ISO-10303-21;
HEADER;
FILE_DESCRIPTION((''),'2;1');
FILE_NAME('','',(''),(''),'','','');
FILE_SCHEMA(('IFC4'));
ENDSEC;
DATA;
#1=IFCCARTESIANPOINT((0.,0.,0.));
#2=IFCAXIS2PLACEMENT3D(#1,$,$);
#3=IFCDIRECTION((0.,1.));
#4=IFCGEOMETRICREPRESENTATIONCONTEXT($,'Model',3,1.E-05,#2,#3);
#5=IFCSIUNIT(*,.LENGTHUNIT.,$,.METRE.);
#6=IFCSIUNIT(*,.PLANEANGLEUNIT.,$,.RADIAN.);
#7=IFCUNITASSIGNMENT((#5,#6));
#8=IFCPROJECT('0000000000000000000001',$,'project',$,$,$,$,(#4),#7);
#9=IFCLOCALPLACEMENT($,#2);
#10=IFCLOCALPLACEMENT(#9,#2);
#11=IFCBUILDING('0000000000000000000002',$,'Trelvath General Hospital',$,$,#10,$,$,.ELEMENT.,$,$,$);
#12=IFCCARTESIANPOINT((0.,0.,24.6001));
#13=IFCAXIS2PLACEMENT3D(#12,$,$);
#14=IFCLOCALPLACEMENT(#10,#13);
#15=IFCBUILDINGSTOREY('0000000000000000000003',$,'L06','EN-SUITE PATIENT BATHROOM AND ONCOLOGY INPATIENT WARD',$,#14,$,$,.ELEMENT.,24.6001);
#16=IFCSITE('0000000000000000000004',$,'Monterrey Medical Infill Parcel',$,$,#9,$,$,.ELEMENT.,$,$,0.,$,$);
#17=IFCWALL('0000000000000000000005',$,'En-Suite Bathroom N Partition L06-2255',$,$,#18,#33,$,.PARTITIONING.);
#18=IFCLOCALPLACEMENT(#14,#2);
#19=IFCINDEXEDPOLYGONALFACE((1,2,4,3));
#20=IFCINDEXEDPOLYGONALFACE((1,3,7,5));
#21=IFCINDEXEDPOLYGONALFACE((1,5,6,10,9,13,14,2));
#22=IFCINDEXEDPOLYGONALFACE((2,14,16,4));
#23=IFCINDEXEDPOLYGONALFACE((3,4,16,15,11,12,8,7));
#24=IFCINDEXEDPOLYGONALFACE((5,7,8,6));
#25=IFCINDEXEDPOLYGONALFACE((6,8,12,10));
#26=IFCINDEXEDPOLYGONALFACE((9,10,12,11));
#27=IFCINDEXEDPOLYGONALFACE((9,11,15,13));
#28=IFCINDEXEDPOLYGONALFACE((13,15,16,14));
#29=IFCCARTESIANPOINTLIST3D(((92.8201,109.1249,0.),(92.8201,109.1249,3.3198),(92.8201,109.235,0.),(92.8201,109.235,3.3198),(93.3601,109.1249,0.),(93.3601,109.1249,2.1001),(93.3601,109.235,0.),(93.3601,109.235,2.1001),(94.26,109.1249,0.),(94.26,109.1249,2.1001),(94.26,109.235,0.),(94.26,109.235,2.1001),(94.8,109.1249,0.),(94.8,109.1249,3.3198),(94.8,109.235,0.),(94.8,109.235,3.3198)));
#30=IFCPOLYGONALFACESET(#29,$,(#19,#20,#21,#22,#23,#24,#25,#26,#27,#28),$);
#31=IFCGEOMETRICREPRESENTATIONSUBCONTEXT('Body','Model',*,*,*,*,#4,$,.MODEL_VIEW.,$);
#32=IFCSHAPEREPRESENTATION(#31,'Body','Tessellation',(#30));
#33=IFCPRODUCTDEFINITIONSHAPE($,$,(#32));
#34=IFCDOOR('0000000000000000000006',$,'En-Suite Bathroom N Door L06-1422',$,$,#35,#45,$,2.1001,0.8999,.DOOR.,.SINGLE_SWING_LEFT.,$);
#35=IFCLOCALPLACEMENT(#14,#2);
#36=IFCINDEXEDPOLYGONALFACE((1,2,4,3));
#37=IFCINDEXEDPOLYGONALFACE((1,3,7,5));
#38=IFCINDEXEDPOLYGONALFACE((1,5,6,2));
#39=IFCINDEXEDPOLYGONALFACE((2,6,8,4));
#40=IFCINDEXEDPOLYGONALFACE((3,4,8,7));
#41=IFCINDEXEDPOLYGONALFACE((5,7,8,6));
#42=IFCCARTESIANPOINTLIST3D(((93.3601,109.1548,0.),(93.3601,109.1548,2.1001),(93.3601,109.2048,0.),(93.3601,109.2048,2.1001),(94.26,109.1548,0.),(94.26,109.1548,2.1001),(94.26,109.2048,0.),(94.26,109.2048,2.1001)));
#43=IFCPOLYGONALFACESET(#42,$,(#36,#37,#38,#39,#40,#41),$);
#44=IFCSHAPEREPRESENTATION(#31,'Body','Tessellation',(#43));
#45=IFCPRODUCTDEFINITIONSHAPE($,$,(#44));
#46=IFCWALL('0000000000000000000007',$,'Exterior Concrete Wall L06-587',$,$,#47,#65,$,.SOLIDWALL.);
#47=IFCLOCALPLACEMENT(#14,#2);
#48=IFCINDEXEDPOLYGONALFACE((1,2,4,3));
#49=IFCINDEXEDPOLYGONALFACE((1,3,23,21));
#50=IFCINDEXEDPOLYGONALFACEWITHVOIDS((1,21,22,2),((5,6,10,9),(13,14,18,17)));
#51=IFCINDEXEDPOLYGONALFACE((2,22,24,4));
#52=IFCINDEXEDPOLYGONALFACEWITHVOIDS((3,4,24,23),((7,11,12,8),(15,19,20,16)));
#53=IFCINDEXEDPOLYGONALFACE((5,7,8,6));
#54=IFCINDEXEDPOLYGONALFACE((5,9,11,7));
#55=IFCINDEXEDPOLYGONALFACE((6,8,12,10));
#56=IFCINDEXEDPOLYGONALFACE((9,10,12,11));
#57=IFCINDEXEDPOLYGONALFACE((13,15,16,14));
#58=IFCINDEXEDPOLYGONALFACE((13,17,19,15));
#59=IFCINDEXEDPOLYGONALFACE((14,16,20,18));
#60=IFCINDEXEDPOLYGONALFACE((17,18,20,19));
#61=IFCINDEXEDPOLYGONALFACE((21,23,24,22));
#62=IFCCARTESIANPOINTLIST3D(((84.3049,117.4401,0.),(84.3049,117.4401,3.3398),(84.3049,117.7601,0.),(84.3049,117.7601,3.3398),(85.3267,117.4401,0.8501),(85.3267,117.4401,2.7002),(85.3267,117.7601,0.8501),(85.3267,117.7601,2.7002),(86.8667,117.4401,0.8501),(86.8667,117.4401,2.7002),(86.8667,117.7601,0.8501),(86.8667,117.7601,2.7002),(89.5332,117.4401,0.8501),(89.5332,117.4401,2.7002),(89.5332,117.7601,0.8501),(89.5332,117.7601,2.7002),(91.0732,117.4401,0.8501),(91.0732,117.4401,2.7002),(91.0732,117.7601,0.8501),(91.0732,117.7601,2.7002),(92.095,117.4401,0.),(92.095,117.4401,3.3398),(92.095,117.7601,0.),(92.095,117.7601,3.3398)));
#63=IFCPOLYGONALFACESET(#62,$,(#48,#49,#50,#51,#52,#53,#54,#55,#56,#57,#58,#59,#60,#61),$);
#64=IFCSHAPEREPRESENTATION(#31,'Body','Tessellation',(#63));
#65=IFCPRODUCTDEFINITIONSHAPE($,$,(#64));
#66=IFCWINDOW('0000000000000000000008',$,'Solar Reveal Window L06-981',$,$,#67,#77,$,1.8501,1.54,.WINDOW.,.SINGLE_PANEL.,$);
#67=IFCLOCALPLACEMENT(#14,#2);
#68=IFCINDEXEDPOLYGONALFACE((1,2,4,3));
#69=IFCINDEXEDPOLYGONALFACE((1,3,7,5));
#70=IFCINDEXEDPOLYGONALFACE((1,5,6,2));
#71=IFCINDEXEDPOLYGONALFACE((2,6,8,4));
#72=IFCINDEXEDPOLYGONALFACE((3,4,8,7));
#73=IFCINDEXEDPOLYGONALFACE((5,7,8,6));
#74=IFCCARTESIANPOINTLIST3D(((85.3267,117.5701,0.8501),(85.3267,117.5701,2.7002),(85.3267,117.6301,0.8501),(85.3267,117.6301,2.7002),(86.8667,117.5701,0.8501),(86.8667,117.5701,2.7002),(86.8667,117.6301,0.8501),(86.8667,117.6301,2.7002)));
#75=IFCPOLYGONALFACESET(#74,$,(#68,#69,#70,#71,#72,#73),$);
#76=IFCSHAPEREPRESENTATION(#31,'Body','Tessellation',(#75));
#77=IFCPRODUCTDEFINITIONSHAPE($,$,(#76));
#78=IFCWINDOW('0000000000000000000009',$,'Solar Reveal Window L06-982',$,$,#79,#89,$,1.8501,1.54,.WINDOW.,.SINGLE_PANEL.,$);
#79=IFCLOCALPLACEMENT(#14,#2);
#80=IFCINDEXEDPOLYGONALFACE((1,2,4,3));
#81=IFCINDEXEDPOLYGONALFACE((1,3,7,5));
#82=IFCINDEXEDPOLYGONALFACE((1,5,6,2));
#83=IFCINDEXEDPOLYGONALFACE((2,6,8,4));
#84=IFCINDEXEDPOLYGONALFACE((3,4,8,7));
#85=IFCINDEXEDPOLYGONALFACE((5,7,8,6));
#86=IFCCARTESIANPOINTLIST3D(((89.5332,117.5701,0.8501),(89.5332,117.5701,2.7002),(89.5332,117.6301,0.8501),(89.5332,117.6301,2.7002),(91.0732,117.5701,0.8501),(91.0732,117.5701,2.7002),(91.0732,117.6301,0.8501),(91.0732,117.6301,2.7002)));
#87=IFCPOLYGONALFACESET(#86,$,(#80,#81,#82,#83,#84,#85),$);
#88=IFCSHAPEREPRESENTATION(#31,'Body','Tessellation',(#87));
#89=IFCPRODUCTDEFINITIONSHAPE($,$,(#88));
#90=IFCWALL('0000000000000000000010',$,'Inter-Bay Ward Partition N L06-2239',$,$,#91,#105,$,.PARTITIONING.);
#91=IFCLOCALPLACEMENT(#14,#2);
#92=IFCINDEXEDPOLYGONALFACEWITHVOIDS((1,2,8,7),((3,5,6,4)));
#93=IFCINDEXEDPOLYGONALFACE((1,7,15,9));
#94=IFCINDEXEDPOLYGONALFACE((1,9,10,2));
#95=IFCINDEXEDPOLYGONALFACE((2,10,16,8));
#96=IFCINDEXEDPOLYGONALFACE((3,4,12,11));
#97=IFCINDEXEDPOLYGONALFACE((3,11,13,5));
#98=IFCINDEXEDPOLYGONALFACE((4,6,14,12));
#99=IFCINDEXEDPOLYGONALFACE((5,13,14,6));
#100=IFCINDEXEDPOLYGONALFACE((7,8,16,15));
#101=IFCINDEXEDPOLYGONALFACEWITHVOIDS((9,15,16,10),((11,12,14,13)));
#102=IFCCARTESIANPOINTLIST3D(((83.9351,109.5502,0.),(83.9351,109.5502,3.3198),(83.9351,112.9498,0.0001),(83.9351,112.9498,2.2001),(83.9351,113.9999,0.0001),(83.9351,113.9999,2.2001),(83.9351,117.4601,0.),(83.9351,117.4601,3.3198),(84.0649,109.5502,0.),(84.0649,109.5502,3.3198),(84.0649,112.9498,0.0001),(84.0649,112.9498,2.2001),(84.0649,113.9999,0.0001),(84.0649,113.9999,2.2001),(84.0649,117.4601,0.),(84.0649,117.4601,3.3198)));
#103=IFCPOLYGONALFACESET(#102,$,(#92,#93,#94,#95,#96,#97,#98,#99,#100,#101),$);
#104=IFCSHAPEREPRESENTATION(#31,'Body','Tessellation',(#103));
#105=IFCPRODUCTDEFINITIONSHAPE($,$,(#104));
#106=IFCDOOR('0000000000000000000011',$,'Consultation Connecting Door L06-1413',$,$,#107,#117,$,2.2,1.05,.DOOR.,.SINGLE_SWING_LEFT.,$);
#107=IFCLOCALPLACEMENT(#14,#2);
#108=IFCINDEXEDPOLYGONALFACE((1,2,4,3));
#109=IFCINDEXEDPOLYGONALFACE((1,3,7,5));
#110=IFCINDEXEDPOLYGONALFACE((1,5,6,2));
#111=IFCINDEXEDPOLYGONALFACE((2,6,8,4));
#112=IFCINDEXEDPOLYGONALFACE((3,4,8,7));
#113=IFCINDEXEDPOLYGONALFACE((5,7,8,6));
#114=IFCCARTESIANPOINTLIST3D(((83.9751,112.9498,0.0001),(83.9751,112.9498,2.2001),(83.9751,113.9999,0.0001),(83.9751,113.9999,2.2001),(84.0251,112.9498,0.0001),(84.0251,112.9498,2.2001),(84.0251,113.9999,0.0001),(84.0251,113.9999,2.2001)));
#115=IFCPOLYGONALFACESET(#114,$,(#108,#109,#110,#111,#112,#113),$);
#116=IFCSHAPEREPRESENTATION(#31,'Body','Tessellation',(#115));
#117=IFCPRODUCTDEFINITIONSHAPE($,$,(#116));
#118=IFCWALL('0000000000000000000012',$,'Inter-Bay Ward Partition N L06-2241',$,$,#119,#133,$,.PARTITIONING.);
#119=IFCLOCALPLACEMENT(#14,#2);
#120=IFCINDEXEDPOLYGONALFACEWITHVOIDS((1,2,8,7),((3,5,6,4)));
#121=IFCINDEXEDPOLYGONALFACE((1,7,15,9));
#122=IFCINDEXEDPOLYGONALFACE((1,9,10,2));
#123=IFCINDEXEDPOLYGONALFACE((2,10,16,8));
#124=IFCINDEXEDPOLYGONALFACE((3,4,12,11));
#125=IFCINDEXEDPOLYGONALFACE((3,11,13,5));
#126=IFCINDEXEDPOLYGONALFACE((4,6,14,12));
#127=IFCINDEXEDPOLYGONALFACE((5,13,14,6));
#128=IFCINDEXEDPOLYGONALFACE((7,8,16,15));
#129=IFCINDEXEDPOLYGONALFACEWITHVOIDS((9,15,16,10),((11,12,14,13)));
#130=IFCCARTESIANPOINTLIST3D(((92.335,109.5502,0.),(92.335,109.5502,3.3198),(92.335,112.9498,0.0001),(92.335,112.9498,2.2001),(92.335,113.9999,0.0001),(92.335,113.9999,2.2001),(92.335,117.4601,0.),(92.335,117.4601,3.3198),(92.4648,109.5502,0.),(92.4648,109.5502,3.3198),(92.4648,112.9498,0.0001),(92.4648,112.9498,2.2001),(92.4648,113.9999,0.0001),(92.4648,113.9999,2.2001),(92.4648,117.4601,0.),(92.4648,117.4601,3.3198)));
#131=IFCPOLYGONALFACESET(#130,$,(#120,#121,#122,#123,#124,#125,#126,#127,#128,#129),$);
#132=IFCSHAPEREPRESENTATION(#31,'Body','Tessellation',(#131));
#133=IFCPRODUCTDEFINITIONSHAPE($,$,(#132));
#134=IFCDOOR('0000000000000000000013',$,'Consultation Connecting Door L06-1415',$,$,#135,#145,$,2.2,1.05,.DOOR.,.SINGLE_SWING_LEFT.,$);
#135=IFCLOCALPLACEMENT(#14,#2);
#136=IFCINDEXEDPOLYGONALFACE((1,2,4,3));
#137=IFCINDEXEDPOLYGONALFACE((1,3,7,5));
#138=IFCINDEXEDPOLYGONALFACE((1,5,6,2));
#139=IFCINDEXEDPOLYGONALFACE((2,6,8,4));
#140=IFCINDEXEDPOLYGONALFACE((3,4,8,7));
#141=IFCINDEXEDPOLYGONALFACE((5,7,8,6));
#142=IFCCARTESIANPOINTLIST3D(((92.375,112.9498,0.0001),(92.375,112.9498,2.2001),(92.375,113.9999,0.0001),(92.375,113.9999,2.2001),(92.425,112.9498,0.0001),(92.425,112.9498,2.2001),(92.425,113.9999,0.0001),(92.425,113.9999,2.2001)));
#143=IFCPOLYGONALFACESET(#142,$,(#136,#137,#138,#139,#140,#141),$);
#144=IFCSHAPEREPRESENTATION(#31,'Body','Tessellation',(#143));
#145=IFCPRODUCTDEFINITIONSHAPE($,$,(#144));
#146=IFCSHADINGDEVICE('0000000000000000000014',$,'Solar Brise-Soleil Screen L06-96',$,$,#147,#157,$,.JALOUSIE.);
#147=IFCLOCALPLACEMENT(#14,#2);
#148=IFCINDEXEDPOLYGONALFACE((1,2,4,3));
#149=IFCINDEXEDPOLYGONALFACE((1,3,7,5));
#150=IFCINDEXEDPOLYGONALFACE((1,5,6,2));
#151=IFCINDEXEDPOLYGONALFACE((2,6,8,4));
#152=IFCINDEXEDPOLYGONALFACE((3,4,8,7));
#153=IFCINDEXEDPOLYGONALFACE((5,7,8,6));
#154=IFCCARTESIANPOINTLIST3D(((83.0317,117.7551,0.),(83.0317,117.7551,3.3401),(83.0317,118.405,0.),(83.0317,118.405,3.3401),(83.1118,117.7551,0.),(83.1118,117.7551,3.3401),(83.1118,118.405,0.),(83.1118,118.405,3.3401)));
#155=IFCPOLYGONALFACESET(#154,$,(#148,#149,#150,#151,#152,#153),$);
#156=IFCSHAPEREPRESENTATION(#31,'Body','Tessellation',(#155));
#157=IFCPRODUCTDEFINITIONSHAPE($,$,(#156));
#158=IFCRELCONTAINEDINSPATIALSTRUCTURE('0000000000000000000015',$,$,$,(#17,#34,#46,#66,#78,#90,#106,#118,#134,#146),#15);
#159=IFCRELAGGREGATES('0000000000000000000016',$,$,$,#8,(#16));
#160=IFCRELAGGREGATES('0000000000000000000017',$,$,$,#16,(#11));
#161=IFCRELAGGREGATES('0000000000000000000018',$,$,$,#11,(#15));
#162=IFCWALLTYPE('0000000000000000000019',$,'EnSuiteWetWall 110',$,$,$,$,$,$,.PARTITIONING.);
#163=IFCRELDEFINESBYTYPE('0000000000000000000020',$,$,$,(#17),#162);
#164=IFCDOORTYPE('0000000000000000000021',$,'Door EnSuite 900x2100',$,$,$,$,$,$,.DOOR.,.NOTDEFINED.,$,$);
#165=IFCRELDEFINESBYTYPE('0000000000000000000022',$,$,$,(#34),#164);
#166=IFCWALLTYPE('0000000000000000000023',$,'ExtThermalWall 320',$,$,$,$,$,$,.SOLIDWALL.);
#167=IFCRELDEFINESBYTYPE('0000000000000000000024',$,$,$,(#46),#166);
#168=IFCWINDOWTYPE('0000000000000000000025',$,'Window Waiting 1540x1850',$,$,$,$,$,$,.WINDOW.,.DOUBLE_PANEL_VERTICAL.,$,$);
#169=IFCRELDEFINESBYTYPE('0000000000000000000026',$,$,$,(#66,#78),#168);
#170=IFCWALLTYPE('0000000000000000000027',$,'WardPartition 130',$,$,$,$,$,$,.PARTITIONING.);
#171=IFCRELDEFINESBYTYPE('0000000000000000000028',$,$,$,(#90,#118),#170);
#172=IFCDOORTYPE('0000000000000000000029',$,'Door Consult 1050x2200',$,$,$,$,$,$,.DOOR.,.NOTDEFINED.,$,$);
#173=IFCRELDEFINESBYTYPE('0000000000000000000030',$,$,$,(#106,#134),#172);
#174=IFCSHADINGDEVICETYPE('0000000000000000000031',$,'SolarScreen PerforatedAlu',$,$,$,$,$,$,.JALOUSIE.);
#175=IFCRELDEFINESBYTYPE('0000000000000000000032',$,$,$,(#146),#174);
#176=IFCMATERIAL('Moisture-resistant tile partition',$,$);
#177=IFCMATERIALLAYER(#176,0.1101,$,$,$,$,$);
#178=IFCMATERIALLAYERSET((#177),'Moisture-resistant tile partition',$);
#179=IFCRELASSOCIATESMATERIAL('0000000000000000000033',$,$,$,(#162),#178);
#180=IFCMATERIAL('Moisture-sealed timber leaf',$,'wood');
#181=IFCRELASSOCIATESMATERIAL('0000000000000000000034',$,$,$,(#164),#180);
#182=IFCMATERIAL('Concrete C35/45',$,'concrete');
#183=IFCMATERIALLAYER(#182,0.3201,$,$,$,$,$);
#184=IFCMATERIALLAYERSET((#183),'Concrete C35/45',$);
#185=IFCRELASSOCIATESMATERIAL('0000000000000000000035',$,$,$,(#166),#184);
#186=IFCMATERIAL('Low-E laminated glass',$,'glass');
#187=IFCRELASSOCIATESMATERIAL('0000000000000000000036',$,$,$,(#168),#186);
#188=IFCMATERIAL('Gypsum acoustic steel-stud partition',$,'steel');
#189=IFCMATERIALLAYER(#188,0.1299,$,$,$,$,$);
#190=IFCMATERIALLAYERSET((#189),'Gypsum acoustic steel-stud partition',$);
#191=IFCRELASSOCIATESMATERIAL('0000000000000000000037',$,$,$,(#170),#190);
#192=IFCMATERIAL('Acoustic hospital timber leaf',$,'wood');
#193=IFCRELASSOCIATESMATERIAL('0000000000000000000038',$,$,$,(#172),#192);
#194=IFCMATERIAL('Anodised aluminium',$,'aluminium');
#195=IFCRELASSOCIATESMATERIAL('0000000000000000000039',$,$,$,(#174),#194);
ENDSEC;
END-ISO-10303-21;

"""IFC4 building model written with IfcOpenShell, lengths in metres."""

from ifc_helpers import new_model, si_unit, direction, frame, frame_2d, origin, origin_2d, place, context, subcontext, project, spatial, rectangle, extrude, material, layer, layer_set, type_object, element, fill, save


model = new_model("IFC4")

# Units and contexts
model_context = context("Model", 3, precision=1e-05, world=origin(), true_north=direction((0.0, 1.0)))
body_context = subcontext(model_context, "Body", "Model", "MODEL_VIEW")
ifc_project = project(units=[si_unit("LENGTHUNIT", "METRE"), si_unit("PLANEANGLEUNIT", "RADIAN")], contexts=[model_context])

# Site, building, storey
site_placement = place(None, origin())
site = spatial("IfcSite", under=ifc_project, at=site_placement, Name="Monterrey Medical Infill Parcel", CompositionType="ELEMENT", RefElevation=0.0)
building_placement = place(site_placement, origin())
building = spatial("IfcBuilding", under=site, at=building_placement, Name="Trelvath General Hospital", CompositionType="ELEMENT")
storey_placement = place(building_placement, frame((0.0, 0.0, 24.6001)))
storey = spatial("IfcBuildingStorey", under=building, at=storey_placement, Name="L06", Description="EN-SUITE PATIENT BATHROOM AND ONCOLOGY INPATIENT WARD", CompositionType="ELEMENT", Elevation=24.6001)

# Wall, opening, door
ifc_material_1 = material(Name="Moisture-resistant tile partition")
ifc_layer_1 = layer(ifc_material_1, 0.1101)
ifc_layer_set_1 = layer_set([ifc_layer_1], Name="Moisture-resistant tile partition")
wall_type_1 = type_object("IfcWallType", Name="EnSuiteWetWall 110", PredefinedType="PARTITIONING", material=ifc_layer_set_1)
ifc_material_2 = material(Name="Moisture-sealed timber leaf", Category="wood")
door_type_1 = type_object("IfcDoorType", Name="Door EnSuite 900x2100", OperationType="NOTDEFINED", PredefinedType="DOOR", material=ifc_material_2)
wall_1_placement = place(storey_placement, frame((92.8201, 109.1799, 0.0), z_axis=(0.0, 0.0, 1.0), x_axis=(1.0, 0.0, 0.0)))
wall_1 = element("IfcWall", 1, at=wall_1_placement, inside=storey, type_object=wall_type_1, Name="En-Suite Bathroom N Partition L06-2255", PredefinedType="PARTITIONING", context=body_context, shape_type="SweptSolid", body=[
    extrude(rectangle(XDim=1.98, YDim=0.1101, at=frame_2d((0.99, 0.0))), origin(), (0.0, 0.0, 1.0), 3.3198),
])
opening_1_placement = place(wall_1_placement, frame((0.54, 0.0, 0.0)))
opening_1 = element("IfcOpeningElement", 2, at=opening_1_placement, cuts=wall_1, PredefinedType="OPENING", context=body_context, shape_type="SweptSolid", body=[
    extrude(rectangle(XDim=0.8999, YDim=2.1001, at=frame_2d((0.45, 1.05))), frame((0.0, 0.0649, 0.0), z_axis=(0.0, -1.0, 0.0), x_axis=(1.0, 0.0, 0.0)), (0.0, 0.0, 1.0), 0.1301),
])
door_1_placement = place(opening_1_placement, origin())
door_1 = element("IfcDoor", 3, at=door_1_placement, inside=storey, type_object=door_type_1, Name="En-Suite Bathroom N Door L06-1422", OperationType="SINGLE_SWING_LEFT", OverallHeight=2.1001, OverallWidth=0.8999, PredefinedType="DOOR", context=body_context, shape_type="SweptSolid", body=[
    extrude(rectangle(XDim=0.8999, YDim=2.1001, at=frame_2d((0.45, 1.05))), frame((0.0, 0.0249, 0.0), z_axis=(0.0, -1.0, 0.0), x_axis=(1.0, 0.0, 0.0)), (0.0, 0.0, 1.0), 0.05),
])
fill(opening_1, door_1)

# Wall, openings, windows
ifc_material_3 = material(Name="Concrete C35/45", Category="concrete")
ifc_layer_2 = layer(ifc_material_3, 0.3201)
ifc_layer_set_2 = layer_set([ifc_layer_2], Name="Concrete C35/45")
wall_type_2 = type_object("IfcWallType", Name="ExtThermalWall 320", PredefinedType="SOLIDWALL", material=ifc_layer_set_2)
wall_2_placement = place(storey_placement, frame((84.3049, 117.6001, 0.0), z_axis=(0.0, 0.0, 1.0), x_axis=(1.0, 0.0, 0.0)))
wall_2 = element("IfcWall", 4, at=wall_2_placement, inside=storey, type_object=wall_type_2, Name="Exterior Concrete Wall L06-587", PredefinedType="SOLIDWALL", context=body_context, shape_type="SweptSolid", body=[
    extrude(rectangle(XDim=7.79, YDim=0.3201, at=frame_2d((3.895, 0.0))), origin(), (0.0, 0.0, 1.0), 3.3398),
])
opening_2_placement = place(wall_2_placement, frame((1.0217, 0.0, 0.8501)))
opening_2 = element("IfcOpeningElement", 5, at=opening_2_placement, cuts=wall_2, PredefinedType="OPENING", context=body_context, shape_type="SweptSolid", body=[
    extrude(rectangle(XDim=1.54, YDim=1.8501, at=frame_2d((0.77, 0.925))), frame((0.0, 0.1699, 0.0), z_axis=(0.0, -1.0, 0.0), x_axis=(1.0, 0.0, 0.0)), (0.0, 0.0, 1.0), 0.3401),
])
opening_3_placement = place(wall_2_placement, frame((5.2283, 0.0, 0.8501)))
opening_3 = element("IfcOpeningElement", 6, at=opening_3_placement, cuts=wall_2, PredefinedType="OPENING", context=body_context, shape_type="SweptSolid", body=[
    extrude(rectangle(XDim=1.54, YDim=1.8501, at=frame_2d((0.77, 0.925))), frame((0.0, 0.1699, 0.0), z_axis=(0.0, -1.0, 0.0), x_axis=(1.0, 0.0, 0.0)), (0.0, 0.0, 1.0), 0.3401),
])
ifc_material_4 = material(Name="Low-E laminated glass", Category="glass")
window_type = type_object("IfcWindowType", Name="Window Waiting 1540x1850", PartitioningType="DOUBLE_PANEL_VERTICAL", PredefinedType="WINDOW", material=ifc_material_4)
window_1_placement = place(opening_2_placement, origin())
window_1 = element("IfcWindow", 7, at=window_1_placement, inside=storey, type_object=window_type, Name="Solar Reveal Window L06-981", OverallHeight=1.8501, OverallWidth=1.54, PartitioningType="SINGLE_PANEL", PredefinedType="WINDOW", context=body_context, shape_type="SweptSolid", body=[
    extrude(rectangle(XDim=1.54, YDim=1.8501, at=frame_2d((0.77, 0.925))), frame((0.0, 0.03, 0.0), z_axis=(0.0, -1.0, 0.0), x_axis=(1.0, 0.0, 0.0)), (0.0, 0.0, 1.0), 0.0601),
])
fill(opening_2, window_1)
window_2_placement = place(opening_3_placement, origin())
window_2 = element("IfcWindow", 8, at=window_2_placement, inside=storey, type_object=window_type, Name="Solar Reveal Window L06-982", OverallHeight=1.8501, OverallWidth=1.54, PartitioningType="SINGLE_PANEL", PredefinedType="WINDOW", context=body_context, shape_type="SweptSolid", body=[
    extrude(rectangle(XDim=1.54, YDim=1.8501, at=frame_2d((0.77, 0.925))), frame((0.0, 0.03, 0.0), z_axis=(0.0, -1.0, 0.0), x_axis=(1.0, 0.0, 0.0)), (0.0, 0.0, 1.0), 0.0601),
])
fill(opening_3, window_2)

# Walls, openings, doors
ifc_material_5 = material(Name="Gypsum acoustic steel-stud partition", Category="steel")
ifc_layer_3 = layer(ifc_material_5, 0.1299)
ifc_layer_set_3 = layer_set([ifc_layer_3], Name="Gypsum acoustic steel-stud partition")
wall_type_3 = type_object("IfcWallType", Name="WardPartition 130", PredefinedType="PARTITIONING", material=ifc_layer_set_3)
wall_3_placement = place(storey_placement, frame((84.0, 109.55, 0.0), z_axis=(0.0, 0.0, 1.0), x_axis=(0.0, 1.0, 0.0)))
wall_3 = element("IfcWall", 9, at=wall_3_placement, inside=storey, type_object=wall_type_3, Name="Inter-Bay Ward Partition N L06-2239", PredefinedType="PARTITIONING", context=body_context, shape_type="SweptSolid", body=[
    extrude(rectangle(XDim=7.9099, YDim=0.1299, at=frame_2d((3.9551, 0.0))), origin(), (0.0, 0.0, 1.0), 3.3198),
])
opening_4_placement = place(wall_3_placement, frame((3.3999, 0.0, 0.0)))
opening_4 = element("IfcOpeningElement", 10, at=opening_4_placement, cuts=wall_3, PredefinedType="OPENING", context=body_context, shape_type="SweptSolid", body=[
    extrude(rectangle(XDim=1.05, YDim=2.2, at=frame_2d((0.5249, 1.1001))), frame((0.0, 0.075, 0.0), z_axis=(0.0, -1.0, 0.0), x_axis=(1.0, 0.0, 0.0)), (0.0, 0.0, 1.0), 0.1499),
])
ifc_material_6 = material(Name="Acoustic hospital timber leaf", Category="wood")
door_type_2 = type_object("IfcDoorType", Name="Door Consult 1050x2200", OperationType="NOTDEFINED", PredefinedType="DOOR", material=ifc_material_6)
door_2_placement = place(opening_4_placement, origin())
door_2 = element("IfcDoor", 11, at=door_2_placement, inside=storey, type_object=door_type_2, Name="Consultation Connecting Door L06-1413", OperationType="SINGLE_SWING_LEFT", OverallHeight=2.2, OverallWidth=1.05, PredefinedType="DOOR", context=body_context, shape_type="SweptSolid", body=[
    extrude(rectangle(XDim=1.05, YDim=2.2, at=frame_2d((0.5249, 1.1001))), frame((0.0, 0.0249, 0.0), z_axis=(0.0, -1.0, 0.0), x_axis=(1.0, 0.0, 0.0)), (0.0, 0.0, 1.0), 0.05),
])
fill(opening_4, door_2)
wall_4_placement = place(storey_placement, frame((92.3999, 109.55, 0.0), z_axis=(0.0, 0.0, 1.0), x_axis=(0.0, 1.0, 0.0)))
wall_4 = element("IfcWall", 12, at=wall_4_placement, inside=storey, type_object=wall_type_3, Name="Inter-Bay Ward Partition N L06-2241", PredefinedType="PARTITIONING", context=body_context, shape_type="SweptSolid", body=[
    extrude(rectangle(XDim=7.9099, YDim=0.1299, at=frame_2d((3.9551, 0.0))), origin(), (0.0, 0.0, 1.0), 3.3198),
])
opening_5_placement = place(wall_4_placement, frame((3.3999, 0.0, 0.0)))
opening_5 = element("IfcOpeningElement", 13, at=opening_5_placement, cuts=wall_4, PredefinedType="OPENING", context=body_context, shape_type="SweptSolid", body=[
    extrude(rectangle(XDim=1.05, YDim=2.2, at=frame_2d((0.5249, 1.1001))), frame((0.0, 0.075, 0.0), z_axis=(0.0, -1.0, 0.0), x_axis=(1.0, 0.0, 0.0)), (0.0, 0.0, 1.0), 0.1499),
])
door_3_placement = place(opening_5_placement, origin())
door_3 = element("IfcDoor", 14, at=door_3_placement, inside=storey, type_object=door_type_2, Name="Consultation Connecting Door L06-1415", OperationType="SINGLE_SWING_LEFT", OverallHeight=2.2, OverallWidth=1.05, PredefinedType="DOOR", context=body_context, shape_type="SweptSolid", body=[
    extrude(rectangle(XDim=1.05, YDim=2.2, at=frame_2d((0.5249, 1.1001))), frame((0.0, 0.0249, 0.0), z_axis=(0.0, -1.0, 0.0), x_axis=(1.0, 0.0, 0.0)), (0.0, 0.0, 1.0), 0.05),
])
fill(opening_5, door_3)

# Shading device
ifc_material_7 = material(Name="Anodised aluminium", Category="aluminium")
shading_device_type = type_object("IfcShadingDeviceType", Name="SolarScreen PerforatedAlu", PredefinedType="JALOUSIE", material=ifc_material_7)
shading_device_placement = place(storey_placement, frame((83.0718, 118.0801, 0.0), z_axis=(0.0, 0.0, 1.0), x_axis=(0.0, 1.0, 0.0)))
element("IfcShadingDevice", 15, at=shading_device_placement, inside=storey, type_object=shading_device_type, Name="Solar Brise-Soleil Screen L06-96", PredefinedType="JALOUSIE", context=body_context, shape_type="SweptSolid", body=[
    extrude(rectangle(XDim=0.6499, YDim=0.0801, at=origin_2d()), origin(), (0.0, 0.0, 1.0), 3.3401),
])

save(model, "model.ifc")
